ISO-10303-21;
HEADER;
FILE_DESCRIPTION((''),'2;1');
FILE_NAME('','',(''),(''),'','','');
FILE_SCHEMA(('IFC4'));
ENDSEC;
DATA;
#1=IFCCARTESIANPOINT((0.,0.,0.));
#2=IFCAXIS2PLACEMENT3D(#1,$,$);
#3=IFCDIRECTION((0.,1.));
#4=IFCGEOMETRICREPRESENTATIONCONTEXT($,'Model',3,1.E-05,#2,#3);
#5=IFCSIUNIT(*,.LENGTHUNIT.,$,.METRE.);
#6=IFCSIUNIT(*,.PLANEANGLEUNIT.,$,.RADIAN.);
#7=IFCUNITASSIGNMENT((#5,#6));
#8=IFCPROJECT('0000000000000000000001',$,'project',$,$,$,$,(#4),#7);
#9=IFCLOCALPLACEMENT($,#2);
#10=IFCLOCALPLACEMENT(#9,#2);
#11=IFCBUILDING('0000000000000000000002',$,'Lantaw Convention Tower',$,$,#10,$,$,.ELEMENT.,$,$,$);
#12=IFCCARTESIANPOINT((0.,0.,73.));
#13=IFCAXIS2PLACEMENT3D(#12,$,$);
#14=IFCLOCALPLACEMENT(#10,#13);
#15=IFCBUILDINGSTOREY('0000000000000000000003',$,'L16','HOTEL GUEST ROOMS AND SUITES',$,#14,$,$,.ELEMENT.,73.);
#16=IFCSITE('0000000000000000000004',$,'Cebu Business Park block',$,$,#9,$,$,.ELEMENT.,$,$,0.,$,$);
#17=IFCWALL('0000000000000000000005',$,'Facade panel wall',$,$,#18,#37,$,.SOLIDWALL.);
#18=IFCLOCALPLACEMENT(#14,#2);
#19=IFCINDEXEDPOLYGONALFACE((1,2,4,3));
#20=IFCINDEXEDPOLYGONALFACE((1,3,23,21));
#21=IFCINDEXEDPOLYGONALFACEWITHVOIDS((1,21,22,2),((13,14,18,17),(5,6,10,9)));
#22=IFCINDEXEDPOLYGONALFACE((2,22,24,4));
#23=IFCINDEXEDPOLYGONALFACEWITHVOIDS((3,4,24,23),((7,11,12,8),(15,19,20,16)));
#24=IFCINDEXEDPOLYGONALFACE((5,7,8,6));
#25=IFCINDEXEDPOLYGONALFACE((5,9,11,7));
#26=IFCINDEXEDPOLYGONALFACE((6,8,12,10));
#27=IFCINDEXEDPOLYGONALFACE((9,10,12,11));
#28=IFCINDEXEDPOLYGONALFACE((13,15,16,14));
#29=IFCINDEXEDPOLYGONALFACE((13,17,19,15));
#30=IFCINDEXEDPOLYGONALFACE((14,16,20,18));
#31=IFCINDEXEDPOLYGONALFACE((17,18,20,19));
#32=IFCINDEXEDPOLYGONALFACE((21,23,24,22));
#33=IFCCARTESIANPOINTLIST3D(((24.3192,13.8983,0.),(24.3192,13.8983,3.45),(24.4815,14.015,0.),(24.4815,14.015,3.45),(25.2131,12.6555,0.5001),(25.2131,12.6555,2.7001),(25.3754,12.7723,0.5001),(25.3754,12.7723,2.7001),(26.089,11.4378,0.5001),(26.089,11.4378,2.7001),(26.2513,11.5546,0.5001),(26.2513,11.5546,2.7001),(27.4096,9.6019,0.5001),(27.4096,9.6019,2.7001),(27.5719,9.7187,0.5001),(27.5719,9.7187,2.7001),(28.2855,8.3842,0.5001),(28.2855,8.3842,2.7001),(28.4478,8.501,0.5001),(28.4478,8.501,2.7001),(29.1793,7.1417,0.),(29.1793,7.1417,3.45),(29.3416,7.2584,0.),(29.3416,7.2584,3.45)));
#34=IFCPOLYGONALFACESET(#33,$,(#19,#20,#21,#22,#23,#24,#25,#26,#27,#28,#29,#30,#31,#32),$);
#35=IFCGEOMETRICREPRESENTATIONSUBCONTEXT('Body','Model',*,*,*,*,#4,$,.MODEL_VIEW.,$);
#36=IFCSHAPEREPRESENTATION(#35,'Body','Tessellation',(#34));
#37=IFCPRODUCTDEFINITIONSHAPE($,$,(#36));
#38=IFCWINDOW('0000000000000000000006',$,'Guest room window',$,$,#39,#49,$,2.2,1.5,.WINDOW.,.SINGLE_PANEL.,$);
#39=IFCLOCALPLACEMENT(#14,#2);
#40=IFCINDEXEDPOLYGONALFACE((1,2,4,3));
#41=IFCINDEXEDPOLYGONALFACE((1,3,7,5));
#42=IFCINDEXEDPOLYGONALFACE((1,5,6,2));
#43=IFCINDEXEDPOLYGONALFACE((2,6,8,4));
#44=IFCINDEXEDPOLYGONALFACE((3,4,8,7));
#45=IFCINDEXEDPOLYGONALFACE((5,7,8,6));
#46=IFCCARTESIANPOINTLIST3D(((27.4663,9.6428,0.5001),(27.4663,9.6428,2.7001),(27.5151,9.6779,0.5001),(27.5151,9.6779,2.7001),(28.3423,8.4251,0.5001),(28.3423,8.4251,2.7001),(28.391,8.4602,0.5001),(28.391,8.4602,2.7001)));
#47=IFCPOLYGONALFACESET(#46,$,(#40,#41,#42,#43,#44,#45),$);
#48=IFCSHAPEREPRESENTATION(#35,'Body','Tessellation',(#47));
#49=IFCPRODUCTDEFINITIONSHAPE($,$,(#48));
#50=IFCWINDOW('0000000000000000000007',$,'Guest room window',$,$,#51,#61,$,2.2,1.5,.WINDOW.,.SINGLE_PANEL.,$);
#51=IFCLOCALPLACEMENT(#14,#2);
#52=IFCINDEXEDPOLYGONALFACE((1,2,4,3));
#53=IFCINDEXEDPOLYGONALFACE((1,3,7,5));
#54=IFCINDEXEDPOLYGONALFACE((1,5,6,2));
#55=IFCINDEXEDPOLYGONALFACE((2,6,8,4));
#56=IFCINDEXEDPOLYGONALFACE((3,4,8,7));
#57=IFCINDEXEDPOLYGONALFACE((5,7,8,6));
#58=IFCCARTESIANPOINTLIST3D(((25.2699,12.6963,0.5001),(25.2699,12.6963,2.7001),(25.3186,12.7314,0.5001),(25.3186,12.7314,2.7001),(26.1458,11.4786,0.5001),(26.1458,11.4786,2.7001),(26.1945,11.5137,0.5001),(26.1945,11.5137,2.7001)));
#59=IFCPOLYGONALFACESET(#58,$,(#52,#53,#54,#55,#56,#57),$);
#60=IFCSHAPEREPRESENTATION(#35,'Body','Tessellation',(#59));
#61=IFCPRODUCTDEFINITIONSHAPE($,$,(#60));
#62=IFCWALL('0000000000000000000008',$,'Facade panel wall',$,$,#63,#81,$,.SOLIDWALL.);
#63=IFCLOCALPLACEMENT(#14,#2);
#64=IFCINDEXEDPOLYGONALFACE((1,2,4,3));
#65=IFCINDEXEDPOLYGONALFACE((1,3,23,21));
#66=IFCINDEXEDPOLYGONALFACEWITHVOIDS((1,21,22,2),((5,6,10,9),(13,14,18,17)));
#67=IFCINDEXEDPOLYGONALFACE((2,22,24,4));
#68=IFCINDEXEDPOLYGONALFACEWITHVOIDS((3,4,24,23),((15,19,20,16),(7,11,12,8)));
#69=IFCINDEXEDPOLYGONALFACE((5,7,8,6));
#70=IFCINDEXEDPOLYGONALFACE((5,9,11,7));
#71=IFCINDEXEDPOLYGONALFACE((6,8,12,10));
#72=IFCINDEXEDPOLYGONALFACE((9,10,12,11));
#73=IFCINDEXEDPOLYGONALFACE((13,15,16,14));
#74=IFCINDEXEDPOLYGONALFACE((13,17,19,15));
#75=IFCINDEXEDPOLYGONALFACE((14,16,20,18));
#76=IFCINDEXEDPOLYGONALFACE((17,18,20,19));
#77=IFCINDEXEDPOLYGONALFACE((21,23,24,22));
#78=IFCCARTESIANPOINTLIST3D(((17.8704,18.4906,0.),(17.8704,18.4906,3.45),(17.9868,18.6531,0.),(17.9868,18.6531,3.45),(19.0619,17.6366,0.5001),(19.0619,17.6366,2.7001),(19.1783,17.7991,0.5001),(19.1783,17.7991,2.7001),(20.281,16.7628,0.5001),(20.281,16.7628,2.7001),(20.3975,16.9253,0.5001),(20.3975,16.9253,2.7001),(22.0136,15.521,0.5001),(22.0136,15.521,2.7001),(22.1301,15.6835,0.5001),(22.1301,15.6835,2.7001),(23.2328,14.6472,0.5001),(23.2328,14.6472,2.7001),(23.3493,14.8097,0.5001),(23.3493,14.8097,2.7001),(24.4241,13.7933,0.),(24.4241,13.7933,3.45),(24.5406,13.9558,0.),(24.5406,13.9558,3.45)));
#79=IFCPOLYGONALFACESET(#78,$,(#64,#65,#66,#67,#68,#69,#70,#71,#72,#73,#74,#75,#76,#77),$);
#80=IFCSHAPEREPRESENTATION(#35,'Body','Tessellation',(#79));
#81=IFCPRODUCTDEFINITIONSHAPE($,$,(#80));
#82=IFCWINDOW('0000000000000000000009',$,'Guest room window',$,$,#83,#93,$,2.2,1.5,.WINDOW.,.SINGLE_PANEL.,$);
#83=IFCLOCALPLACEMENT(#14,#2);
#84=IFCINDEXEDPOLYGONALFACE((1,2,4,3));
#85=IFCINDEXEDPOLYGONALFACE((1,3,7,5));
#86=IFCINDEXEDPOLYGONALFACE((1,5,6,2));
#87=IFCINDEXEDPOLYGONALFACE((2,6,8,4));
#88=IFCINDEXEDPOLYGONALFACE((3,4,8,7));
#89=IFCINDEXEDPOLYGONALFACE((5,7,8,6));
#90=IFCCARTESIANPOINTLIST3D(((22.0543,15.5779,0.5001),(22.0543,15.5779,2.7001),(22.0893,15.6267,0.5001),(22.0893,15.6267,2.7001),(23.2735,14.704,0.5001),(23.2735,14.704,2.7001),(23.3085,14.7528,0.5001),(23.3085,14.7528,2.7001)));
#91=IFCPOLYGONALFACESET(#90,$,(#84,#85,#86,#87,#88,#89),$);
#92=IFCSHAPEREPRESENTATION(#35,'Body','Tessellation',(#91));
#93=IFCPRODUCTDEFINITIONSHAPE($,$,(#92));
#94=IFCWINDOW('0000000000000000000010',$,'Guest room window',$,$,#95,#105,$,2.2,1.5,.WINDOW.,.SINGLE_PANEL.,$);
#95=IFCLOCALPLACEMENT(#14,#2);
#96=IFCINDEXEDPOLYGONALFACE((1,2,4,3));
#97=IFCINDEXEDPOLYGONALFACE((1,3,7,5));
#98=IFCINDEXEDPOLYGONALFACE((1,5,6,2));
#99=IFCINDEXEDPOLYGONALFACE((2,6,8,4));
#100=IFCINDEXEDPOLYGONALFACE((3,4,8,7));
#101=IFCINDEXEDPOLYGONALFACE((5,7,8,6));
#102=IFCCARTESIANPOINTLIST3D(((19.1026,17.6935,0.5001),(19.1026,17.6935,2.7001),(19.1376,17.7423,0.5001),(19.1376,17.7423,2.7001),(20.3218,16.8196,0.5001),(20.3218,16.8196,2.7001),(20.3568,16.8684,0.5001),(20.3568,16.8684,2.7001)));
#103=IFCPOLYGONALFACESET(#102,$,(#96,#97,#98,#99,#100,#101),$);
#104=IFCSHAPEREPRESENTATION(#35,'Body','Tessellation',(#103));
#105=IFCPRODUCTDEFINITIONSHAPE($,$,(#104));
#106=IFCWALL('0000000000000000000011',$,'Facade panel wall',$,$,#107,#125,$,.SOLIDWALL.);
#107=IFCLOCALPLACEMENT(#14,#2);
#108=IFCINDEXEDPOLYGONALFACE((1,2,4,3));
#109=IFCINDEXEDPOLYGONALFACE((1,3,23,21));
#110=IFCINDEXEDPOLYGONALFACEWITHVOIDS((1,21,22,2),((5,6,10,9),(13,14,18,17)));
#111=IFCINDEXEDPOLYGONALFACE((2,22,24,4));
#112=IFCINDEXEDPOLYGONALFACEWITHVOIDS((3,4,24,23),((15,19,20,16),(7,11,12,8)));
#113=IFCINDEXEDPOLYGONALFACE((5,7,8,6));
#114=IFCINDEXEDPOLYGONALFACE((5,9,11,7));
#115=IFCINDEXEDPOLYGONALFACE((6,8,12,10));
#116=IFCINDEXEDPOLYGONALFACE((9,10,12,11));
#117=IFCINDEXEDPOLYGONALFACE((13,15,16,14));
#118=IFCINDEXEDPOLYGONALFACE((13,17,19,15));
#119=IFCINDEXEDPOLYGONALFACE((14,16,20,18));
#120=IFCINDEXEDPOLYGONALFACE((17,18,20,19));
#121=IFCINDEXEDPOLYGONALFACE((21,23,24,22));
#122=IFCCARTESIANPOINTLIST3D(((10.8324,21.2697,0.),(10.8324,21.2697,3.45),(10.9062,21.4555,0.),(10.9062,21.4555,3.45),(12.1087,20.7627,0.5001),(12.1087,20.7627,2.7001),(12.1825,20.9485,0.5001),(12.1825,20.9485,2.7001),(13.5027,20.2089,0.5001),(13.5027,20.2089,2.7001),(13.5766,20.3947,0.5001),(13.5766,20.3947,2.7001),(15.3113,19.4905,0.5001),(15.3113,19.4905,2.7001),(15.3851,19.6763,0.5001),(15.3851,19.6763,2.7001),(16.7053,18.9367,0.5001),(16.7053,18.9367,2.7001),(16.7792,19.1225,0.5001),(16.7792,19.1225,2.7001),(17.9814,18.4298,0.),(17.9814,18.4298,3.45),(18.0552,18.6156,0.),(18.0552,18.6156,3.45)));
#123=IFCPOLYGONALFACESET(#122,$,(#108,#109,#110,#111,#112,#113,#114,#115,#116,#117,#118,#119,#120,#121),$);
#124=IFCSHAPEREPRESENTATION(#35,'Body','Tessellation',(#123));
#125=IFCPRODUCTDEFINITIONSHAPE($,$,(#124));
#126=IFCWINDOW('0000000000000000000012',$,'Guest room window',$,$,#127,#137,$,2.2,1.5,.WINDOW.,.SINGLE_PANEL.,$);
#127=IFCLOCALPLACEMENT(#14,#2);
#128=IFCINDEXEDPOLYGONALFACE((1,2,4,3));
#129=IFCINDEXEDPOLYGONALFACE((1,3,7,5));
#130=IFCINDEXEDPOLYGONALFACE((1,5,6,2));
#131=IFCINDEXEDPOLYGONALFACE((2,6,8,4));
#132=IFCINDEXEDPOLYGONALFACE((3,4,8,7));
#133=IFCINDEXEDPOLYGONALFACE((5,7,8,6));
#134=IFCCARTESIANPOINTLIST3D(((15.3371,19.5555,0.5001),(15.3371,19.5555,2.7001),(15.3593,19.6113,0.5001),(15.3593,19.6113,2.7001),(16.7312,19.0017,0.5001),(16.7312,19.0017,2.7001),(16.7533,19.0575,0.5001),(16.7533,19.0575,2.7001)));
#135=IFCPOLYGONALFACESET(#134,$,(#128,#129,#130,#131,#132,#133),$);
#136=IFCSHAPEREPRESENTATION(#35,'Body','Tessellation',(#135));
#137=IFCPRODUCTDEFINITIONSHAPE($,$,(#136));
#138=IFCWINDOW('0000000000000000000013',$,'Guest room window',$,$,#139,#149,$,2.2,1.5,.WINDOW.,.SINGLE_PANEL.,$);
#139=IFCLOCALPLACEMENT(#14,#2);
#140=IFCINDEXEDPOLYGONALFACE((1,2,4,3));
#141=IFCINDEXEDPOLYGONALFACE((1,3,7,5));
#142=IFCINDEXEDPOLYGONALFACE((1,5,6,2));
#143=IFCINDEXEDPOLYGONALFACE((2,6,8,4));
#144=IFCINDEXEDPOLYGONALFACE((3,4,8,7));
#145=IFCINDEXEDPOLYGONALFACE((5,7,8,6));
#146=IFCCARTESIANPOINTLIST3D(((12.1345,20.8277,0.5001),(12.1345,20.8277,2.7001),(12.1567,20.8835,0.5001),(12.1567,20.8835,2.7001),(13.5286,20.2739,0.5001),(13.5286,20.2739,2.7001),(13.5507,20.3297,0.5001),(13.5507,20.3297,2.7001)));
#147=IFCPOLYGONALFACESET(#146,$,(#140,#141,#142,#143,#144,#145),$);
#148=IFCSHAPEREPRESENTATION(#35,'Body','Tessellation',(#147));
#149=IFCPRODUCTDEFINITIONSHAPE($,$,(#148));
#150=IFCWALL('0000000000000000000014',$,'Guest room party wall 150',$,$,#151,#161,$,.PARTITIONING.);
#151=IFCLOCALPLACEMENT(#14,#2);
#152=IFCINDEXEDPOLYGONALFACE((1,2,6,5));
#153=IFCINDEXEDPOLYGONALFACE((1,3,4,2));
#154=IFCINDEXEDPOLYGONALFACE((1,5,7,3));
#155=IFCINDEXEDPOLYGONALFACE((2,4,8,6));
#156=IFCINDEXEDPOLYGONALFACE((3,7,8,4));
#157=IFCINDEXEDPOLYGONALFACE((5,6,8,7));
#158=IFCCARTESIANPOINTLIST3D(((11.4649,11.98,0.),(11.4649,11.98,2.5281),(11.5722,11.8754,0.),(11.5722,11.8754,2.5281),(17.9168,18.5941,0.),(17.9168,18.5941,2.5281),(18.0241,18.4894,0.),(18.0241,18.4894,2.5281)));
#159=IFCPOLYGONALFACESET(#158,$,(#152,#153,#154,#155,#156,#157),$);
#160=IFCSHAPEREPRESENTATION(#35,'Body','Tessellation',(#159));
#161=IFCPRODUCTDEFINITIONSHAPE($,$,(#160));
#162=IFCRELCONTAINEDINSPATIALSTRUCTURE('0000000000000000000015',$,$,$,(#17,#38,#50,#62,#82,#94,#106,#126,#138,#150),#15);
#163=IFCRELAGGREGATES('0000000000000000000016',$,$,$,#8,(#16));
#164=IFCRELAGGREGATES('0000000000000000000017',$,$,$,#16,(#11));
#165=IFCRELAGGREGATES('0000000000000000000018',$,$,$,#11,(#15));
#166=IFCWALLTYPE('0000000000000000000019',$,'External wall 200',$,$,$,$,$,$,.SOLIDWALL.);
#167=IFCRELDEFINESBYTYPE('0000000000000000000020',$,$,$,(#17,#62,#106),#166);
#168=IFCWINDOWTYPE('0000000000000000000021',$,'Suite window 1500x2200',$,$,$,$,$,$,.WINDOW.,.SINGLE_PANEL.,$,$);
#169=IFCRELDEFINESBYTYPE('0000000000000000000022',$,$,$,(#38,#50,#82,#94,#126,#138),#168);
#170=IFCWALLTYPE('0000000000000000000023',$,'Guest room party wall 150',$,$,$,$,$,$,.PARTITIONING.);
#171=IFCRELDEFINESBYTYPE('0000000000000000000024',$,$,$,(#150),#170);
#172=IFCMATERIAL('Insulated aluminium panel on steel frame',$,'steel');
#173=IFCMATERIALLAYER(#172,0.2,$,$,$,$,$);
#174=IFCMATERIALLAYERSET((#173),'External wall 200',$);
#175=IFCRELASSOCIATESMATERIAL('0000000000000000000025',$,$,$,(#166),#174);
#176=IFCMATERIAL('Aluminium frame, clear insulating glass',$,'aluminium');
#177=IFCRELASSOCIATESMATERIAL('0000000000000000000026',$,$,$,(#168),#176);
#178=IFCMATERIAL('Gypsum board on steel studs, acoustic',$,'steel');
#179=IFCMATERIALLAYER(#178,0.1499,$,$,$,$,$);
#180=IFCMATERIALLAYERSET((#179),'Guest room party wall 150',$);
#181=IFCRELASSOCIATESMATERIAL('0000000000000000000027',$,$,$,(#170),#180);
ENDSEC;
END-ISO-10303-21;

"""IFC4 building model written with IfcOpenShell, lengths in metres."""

from ifc_helpers import new_model, si_unit, direction, frame, frame_2d, origin, place, context, subcontext, project, spatial, rectangle, extrude, material, layer, layer_set, type_object, element, fill, save


model = new_model("IFC4")

# Units and contexts
model_context = context("Model", 3, precision=1e-05, world=origin(), true_north=direction((0.0, 1.0)))
body_context = subcontext(model_context, "Body", "Model", "MODEL_VIEW")
ifc_project = project(units=[si_unit("LENGTHUNIT", "METRE"), si_unit("PLANEANGLEUNIT", "RADIAN")], contexts=[model_context])

# Site, building, storey
site_placement = place(None, origin())
site = spatial("IfcSite", under=ifc_project, at=site_placement, Name="Cebu Business Park block", CompositionType="ELEMENT", RefElevation=0.0)
building_placement = place(site_placement, origin())
building = spatial("IfcBuilding", under=site, at=building_placement, Name="Lantaw Convention Tower", CompositionType="ELEMENT")
storey_placement = place(building_placement, frame((0.0, 0.0, 73.0)))
storey = spatial("IfcBuildingStorey", under=building, at=storey_placement, Name="L16", Description="HOTEL GUEST ROOMS AND SUITES", CompositionType="ELEMENT", Elevation=73.0)

# Walls, openings, windows
ifc_material_1 = material(Name="Insulated aluminium panel on steel frame", Category="steel")
ifc_layer_1 = layer(ifc_material_1, 0.2)
ifc_layer_set_1 = layer_set([ifc_layer_1], Name="External wall 200")
wall_type_1 = type_object("IfcWallType", Name="External wall 200", PredefinedType="SOLIDWALL", material=ifc_layer_set_1)
wall_1_placement = place(storey_placement, frame((29.2605, 7.2, 0.0), z_axis=(0.0, 0.0, 1.0), x_axis=(-0.583938, 0.811799, 0.0)))
wall_1 = element("IfcWall", 1, at=wall_1_placement, inside=storey, type_object=wall_type_1, Name="Facade panel wall", PredefinedType="SOLIDWALL", context=body_context, shape_type="SweptSolid", body=[
    extrude(rectangle(XDim=8.323, YDim=0.2, at=frame_2d((4.1616, 0.0))), origin(), (0.0, 0.0, 1.0), 3.45),
])
opening_1_placement = place(wall_1_placement, frame((1.5308, 0.0, 0.5)))
opening_1 = element("IfcOpeningElement", 2, at=opening_1_placement, cuts=wall_1, PredefinedType="OPENING", context=body_context, shape_type="SweptSolid", body=[
    extrude(rectangle(XDim=1.5, YDim=2.2, at=frame_2d((0.75, 1.1001))), frame((0.0, 0.1099, 0.0), z_axis=(0.0, -1.0, 0.0), x_axis=(1.0, 0.0, 0.0)), (0.0, 0.0, 1.0), 0.22),
])
opening_2_placement = place(wall_1_placement, frame((5.2922, 0.0, 0.5)))
opening_2 = element("IfcOpeningElement", 3, at=opening_2_placement, cuts=wall_1, PredefinedType="OPENING", context=body_context, shape_type="SweptSolid", body=[
    extrude(rectangle(XDim=1.5, YDim=2.2, at=frame_2d((0.75, 1.1001))), frame((0.0, 0.1099, 0.0), z_axis=(0.0, -1.0, 0.0), x_axis=(1.0, 0.0, 0.0)), (0.0, 0.0, 1.0), 0.22),
])
ifc_material_2 = material(Name="Aluminium frame, clear insulating glass", Category="aluminium")
window_type = type_object("IfcWindowType", Name="Suite window 1500x2200", PartitioningType="SINGLE_PANEL", PredefinedType="WINDOW", material=ifc_material_2)
window_1_placement = place(opening_1_placement, origin())
window_1 = element("IfcWindow", 4, at=window_1_placement, inside=storey, type_object=window_type, Name="Guest room window", OverallHeight=2.2, OverallWidth=1.5, PartitioningType="SINGLE_PANEL", PredefinedType="WINDOW", context=body_context, shape_type="SweptSolid", body=[
    extrude(rectangle(XDim=1.5, YDim=2.2, at=frame_2d((0.75, 1.1001))), frame((0.0, 0.03, 0.0), z_axis=(0.0, -1.0, 0.0), x_axis=(1.0, 0.0, 0.0)), (0.0, 0.0, 1.0), 0.0601),
])
fill(opening_1, window_1)
window_2_placement = place(opening_2_placement, origin())
window_2 = element("IfcWindow", 5, at=window_2_placement, inside=storey, type_object=window_type, Name="Guest room window", OverallHeight=2.2, OverallWidth=1.5, PartitioningType="SINGLE_PANEL", PredefinedType="WINDOW", context=body_context, shape_type="SweptSolid", body=[
    extrude(rectangle(XDim=1.5, YDim=2.2, at=frame_2d((0.75, 1.1001))), frame((0.0, 0.03, 0.0), z_axis=(0.0, -1.0, 0.0), x_axis=(1.0, 0.0, 0.0)), (0.0, 0.0, 1.0), 0.0601),
])
fill(opening_2, window_2)
wall_2_placement = place(storey_placement, frame((24.4824, 13.8745, 0.0), z_axis=(0.0, 0.0, 1.0), x_axis=(-0.812791, 0.582555, 0.0)))
wall_2 = element("IfcWall", 6, at=wall_2_placement, inside=storey, type_object=wall_type_1, Name="Facade panel wall", PredefinedType="SOLIDWALL", context=body_context, shape_type="SweptSolid", body=[
    extrude(rectangle(XDim=8.0632, YDim=0.2, at=frame_2d((4.0317, 0.0))), origin(), (0.0, 0.0, 1.0), 3.45),
])
opening_3_placement = place(wall_2_placement, frame((1.4658, 0.0, 0.5)))
opening_3 = element("IfcOpeningElement", 7, at=opening_3_placement, cuts=wall_2, PredefinedType="OPENING", context=body_context, shape_type="SweptSolid", body=[
    extrude(rectangle(XDim=1.5, YDim=2.2, at=frame_2d((0.75, 1.1001))), frame((0.0, 0.1099, 0.0), z_axis=(0.0, -1.0, 0.0), x_axis=(1.0, 0.0, 0.0)), (0.0, 0.0, 1.0), 0.22),
])
opening_4_placement = place(wall_2_placement, frame((5.0974, 0.0, 0.5)))
opening_4 = element("IfcOpeningElement", 8, at=opening_4_placement, cuts=wall_2, PredefinedType="OPENING", context=body_context, shape_type="SweptSolid", body=[
    extrude(rectangle(XDim=1.5, YDim=2.2, at=frame_2d((0.75, 1.1001))), frame((0.0, 0.1099, 0.0), z_axis=(0.0, -1.0, 0.0), x_axis=(1.0, 0.0, 0.0)), (0.0, 0.0, 1.0), 0.22),
])
window_3_placement = place(opening_3_placement, origin())
window_3 = element("IfcWindow", 9, at=window_3_placement, inside=storey, type_object=window_type, Name="Guest room window", OverallHeight=2.2, OverallWidth=1.5, PartitioningType="SINGLE_PANEL", PredefinedType="WINDOW", context=body_context, shape_type="SweptSolid", body=[
    extrude(rectangle(XDim=1.5, YDim=2.2, at=frame_2d((0.75, 1.1001))), frame((0.0, 0.03, 0.0), z_axis=(0.0, -1.0, 0.0), x_axis=(1.0, 0.0, 0.0)), (0.0, 0.0, 1.0), 0.0601),
])
fill(opening_3, window_3)
window_4_placement = place(opening_4_placement, origin())
window_4 = element("IfcWindow", 10, at=window_4_placement, inside=storey, type_object=window_type, Name="Guest room window", OverallHeight=2.2, OverallWidth=1.5, PartitioningType="SINGLE_PANEL", PredefinedType="WINDOW", context=body_context, shape_type="SweptSolid", body=[
    extrude(rectangle(XDim=1.5, YDim=2.2, at=frame_2d((0.75, 1.1001))), frame((0.0, 0.03, 0.0), z_axis=(0.0, -1.0, 0.0), x_axis=(1.0, 0.0, 0.0)), (0.0, 0.0, 1.0), 0.0601),
])
fill(opening_4, window_4)
wall_3_placement = place(storey_placement, frame((18.0183, 18.5227, 0.0), z_axis=(0.0, 0.0, 1.0), x_axis=(-0.929358, 0.369179, 0.0)))
wall_3 = element("IfcWall", 11, at=wall_3_placement, inside=storey, type_object=wall_type_1, Name="Facade panel wall", PredefinedType="SOLIDWALL", context=body_context, shape_type="SweptSolid", body=[
    extrude(rectangle(XDim=7.6924, YDim=0.2, at=frame_2d((3.8462, 0.0))), origin(), (0.0, 0.0, 1.0), 3.45),
])
opening_5_placement = place(wall_3_placement, frame((1.373, 0.0, 0.5)))
opening_5 = element("IfcOpeningElement", 12, at=opening_5_placement, cuts=wall_3, PredefinedType="OPENING", context=body_context, shape_type="SweptSolid", body=[
    extrude(rectangle(XDim=1.5, YDim=2.2, at=frame_2d((0.75, 1.1001))), frame((0.0, 0.1099, 0.0), z_axis=(0.0, -1.0, 0.0), x_axis=(1.0, 0.0, 0.0)), (0.0, 0.0, 1.0), 0.22),
])
opening_6_placement = place(wall_3_placement, frame((4.8191, 0.0, 0.5)))
opening_6 = element("IfcOpeningElement", 13, at=opening_6_placement, cuts=wall_3, PredefinedType="OPENING", context=body_context, shape_type="SweptSolid", body=[
    extrude(rectangle(XDim=1.5, YDim=2.2, at=frame_2d((0.75, 1.1001))), frame((0.0, 0.1099, 0.0), z_axis=(0.0, -1.0, 0.0), x_axis=(1.0, 0.0, 0.0)), (0.0, 0.0, 1.0), 0.22),
])
window_5_placement = place(opening_5_placement, origin())
window_5 = element("IfcWindow", 14, at=window_5_placement, inside=storey, type_object=window_type, Name="Guest room window", OverallHeight=2.2, OverallWidth=1.5, PartitioningType="SINGLE_PANEL", PredefinedType="WINDOW", context=body_context, shape_type="SweptSolid", body=[
    extrude(rectangle(XDim=1.5, YDim=2.2, at=frame_2d((0.75, 1.1001))), frame((0.0, 0.03, 0.0), z_axis=(0.0, -1.0, 0.0), x_axis=(1.0, 0.0, 0.0)), (0.0, 0.0, 1.0), 0.0601),
])
fill(opening_5, window_5)
window_6_placement = place(opening_6_placement, origin())
window_6 = element("IfcWindow", 15, at=window_6_placement, inside=storey, type_object=window_type, Name="Guest room window", OverallHeight=2.2, OverallWidth=1.5, PartitioningType="SINGLE_PANEL", PredefinedType="WINDOW", context=body_context, shape_type="SweptSolid", body=[
    extrude(rectangle(XDim=1.5, YDim=2.2, at=frame_2d((0.75, 1.1001))), frame((0.0, 0.03, 0.0), z_axis=(0.0, -1.0, 0.0), x_axis=(1.0, 0.0, 0.0)), (0.0, 0.0, 1.0), 0.0601),
])
fill(opening_6, window_6)

# Wall
ifc_material_3 = material(Name="Gypsum board on steel studs, acoustic", Category="steel")
ifc_layer_2 = layer(ifc_material_3, 0.1499)
ifc_layer_set_2 = layer_set([ifc_layer_2], Name="Guest room party wall 150")
wall_type_2 = type_object("IfcWallType", Name="Guest room party wall 150", PredefinedType="PARTITIONING", material=ifc_layer_set_2)
wall_4_placement = place(storey_placement, frame((17.9705, 18.5417, 0.0), z_axis=(0.0, 0.0, 1.0), x_axis=(-0.69828, -0.715825, 0.0)))
element("IfcWall", 16, at=wall_4_placement, inside=storey, type_object=wall_type_2, Name="Guest room party wall 150", PredefinedType="PARTITIONING", context=body_context, shape_type="SweptSolid", body=[
    extrude(rectangle(XDim=9.2397, YDim=0.1499, at=frame_2d((4.6199, 0.0))), origin(), (0.0, 0.0, 1.0), 2.5281),
])

save(model, "model.ifc")
